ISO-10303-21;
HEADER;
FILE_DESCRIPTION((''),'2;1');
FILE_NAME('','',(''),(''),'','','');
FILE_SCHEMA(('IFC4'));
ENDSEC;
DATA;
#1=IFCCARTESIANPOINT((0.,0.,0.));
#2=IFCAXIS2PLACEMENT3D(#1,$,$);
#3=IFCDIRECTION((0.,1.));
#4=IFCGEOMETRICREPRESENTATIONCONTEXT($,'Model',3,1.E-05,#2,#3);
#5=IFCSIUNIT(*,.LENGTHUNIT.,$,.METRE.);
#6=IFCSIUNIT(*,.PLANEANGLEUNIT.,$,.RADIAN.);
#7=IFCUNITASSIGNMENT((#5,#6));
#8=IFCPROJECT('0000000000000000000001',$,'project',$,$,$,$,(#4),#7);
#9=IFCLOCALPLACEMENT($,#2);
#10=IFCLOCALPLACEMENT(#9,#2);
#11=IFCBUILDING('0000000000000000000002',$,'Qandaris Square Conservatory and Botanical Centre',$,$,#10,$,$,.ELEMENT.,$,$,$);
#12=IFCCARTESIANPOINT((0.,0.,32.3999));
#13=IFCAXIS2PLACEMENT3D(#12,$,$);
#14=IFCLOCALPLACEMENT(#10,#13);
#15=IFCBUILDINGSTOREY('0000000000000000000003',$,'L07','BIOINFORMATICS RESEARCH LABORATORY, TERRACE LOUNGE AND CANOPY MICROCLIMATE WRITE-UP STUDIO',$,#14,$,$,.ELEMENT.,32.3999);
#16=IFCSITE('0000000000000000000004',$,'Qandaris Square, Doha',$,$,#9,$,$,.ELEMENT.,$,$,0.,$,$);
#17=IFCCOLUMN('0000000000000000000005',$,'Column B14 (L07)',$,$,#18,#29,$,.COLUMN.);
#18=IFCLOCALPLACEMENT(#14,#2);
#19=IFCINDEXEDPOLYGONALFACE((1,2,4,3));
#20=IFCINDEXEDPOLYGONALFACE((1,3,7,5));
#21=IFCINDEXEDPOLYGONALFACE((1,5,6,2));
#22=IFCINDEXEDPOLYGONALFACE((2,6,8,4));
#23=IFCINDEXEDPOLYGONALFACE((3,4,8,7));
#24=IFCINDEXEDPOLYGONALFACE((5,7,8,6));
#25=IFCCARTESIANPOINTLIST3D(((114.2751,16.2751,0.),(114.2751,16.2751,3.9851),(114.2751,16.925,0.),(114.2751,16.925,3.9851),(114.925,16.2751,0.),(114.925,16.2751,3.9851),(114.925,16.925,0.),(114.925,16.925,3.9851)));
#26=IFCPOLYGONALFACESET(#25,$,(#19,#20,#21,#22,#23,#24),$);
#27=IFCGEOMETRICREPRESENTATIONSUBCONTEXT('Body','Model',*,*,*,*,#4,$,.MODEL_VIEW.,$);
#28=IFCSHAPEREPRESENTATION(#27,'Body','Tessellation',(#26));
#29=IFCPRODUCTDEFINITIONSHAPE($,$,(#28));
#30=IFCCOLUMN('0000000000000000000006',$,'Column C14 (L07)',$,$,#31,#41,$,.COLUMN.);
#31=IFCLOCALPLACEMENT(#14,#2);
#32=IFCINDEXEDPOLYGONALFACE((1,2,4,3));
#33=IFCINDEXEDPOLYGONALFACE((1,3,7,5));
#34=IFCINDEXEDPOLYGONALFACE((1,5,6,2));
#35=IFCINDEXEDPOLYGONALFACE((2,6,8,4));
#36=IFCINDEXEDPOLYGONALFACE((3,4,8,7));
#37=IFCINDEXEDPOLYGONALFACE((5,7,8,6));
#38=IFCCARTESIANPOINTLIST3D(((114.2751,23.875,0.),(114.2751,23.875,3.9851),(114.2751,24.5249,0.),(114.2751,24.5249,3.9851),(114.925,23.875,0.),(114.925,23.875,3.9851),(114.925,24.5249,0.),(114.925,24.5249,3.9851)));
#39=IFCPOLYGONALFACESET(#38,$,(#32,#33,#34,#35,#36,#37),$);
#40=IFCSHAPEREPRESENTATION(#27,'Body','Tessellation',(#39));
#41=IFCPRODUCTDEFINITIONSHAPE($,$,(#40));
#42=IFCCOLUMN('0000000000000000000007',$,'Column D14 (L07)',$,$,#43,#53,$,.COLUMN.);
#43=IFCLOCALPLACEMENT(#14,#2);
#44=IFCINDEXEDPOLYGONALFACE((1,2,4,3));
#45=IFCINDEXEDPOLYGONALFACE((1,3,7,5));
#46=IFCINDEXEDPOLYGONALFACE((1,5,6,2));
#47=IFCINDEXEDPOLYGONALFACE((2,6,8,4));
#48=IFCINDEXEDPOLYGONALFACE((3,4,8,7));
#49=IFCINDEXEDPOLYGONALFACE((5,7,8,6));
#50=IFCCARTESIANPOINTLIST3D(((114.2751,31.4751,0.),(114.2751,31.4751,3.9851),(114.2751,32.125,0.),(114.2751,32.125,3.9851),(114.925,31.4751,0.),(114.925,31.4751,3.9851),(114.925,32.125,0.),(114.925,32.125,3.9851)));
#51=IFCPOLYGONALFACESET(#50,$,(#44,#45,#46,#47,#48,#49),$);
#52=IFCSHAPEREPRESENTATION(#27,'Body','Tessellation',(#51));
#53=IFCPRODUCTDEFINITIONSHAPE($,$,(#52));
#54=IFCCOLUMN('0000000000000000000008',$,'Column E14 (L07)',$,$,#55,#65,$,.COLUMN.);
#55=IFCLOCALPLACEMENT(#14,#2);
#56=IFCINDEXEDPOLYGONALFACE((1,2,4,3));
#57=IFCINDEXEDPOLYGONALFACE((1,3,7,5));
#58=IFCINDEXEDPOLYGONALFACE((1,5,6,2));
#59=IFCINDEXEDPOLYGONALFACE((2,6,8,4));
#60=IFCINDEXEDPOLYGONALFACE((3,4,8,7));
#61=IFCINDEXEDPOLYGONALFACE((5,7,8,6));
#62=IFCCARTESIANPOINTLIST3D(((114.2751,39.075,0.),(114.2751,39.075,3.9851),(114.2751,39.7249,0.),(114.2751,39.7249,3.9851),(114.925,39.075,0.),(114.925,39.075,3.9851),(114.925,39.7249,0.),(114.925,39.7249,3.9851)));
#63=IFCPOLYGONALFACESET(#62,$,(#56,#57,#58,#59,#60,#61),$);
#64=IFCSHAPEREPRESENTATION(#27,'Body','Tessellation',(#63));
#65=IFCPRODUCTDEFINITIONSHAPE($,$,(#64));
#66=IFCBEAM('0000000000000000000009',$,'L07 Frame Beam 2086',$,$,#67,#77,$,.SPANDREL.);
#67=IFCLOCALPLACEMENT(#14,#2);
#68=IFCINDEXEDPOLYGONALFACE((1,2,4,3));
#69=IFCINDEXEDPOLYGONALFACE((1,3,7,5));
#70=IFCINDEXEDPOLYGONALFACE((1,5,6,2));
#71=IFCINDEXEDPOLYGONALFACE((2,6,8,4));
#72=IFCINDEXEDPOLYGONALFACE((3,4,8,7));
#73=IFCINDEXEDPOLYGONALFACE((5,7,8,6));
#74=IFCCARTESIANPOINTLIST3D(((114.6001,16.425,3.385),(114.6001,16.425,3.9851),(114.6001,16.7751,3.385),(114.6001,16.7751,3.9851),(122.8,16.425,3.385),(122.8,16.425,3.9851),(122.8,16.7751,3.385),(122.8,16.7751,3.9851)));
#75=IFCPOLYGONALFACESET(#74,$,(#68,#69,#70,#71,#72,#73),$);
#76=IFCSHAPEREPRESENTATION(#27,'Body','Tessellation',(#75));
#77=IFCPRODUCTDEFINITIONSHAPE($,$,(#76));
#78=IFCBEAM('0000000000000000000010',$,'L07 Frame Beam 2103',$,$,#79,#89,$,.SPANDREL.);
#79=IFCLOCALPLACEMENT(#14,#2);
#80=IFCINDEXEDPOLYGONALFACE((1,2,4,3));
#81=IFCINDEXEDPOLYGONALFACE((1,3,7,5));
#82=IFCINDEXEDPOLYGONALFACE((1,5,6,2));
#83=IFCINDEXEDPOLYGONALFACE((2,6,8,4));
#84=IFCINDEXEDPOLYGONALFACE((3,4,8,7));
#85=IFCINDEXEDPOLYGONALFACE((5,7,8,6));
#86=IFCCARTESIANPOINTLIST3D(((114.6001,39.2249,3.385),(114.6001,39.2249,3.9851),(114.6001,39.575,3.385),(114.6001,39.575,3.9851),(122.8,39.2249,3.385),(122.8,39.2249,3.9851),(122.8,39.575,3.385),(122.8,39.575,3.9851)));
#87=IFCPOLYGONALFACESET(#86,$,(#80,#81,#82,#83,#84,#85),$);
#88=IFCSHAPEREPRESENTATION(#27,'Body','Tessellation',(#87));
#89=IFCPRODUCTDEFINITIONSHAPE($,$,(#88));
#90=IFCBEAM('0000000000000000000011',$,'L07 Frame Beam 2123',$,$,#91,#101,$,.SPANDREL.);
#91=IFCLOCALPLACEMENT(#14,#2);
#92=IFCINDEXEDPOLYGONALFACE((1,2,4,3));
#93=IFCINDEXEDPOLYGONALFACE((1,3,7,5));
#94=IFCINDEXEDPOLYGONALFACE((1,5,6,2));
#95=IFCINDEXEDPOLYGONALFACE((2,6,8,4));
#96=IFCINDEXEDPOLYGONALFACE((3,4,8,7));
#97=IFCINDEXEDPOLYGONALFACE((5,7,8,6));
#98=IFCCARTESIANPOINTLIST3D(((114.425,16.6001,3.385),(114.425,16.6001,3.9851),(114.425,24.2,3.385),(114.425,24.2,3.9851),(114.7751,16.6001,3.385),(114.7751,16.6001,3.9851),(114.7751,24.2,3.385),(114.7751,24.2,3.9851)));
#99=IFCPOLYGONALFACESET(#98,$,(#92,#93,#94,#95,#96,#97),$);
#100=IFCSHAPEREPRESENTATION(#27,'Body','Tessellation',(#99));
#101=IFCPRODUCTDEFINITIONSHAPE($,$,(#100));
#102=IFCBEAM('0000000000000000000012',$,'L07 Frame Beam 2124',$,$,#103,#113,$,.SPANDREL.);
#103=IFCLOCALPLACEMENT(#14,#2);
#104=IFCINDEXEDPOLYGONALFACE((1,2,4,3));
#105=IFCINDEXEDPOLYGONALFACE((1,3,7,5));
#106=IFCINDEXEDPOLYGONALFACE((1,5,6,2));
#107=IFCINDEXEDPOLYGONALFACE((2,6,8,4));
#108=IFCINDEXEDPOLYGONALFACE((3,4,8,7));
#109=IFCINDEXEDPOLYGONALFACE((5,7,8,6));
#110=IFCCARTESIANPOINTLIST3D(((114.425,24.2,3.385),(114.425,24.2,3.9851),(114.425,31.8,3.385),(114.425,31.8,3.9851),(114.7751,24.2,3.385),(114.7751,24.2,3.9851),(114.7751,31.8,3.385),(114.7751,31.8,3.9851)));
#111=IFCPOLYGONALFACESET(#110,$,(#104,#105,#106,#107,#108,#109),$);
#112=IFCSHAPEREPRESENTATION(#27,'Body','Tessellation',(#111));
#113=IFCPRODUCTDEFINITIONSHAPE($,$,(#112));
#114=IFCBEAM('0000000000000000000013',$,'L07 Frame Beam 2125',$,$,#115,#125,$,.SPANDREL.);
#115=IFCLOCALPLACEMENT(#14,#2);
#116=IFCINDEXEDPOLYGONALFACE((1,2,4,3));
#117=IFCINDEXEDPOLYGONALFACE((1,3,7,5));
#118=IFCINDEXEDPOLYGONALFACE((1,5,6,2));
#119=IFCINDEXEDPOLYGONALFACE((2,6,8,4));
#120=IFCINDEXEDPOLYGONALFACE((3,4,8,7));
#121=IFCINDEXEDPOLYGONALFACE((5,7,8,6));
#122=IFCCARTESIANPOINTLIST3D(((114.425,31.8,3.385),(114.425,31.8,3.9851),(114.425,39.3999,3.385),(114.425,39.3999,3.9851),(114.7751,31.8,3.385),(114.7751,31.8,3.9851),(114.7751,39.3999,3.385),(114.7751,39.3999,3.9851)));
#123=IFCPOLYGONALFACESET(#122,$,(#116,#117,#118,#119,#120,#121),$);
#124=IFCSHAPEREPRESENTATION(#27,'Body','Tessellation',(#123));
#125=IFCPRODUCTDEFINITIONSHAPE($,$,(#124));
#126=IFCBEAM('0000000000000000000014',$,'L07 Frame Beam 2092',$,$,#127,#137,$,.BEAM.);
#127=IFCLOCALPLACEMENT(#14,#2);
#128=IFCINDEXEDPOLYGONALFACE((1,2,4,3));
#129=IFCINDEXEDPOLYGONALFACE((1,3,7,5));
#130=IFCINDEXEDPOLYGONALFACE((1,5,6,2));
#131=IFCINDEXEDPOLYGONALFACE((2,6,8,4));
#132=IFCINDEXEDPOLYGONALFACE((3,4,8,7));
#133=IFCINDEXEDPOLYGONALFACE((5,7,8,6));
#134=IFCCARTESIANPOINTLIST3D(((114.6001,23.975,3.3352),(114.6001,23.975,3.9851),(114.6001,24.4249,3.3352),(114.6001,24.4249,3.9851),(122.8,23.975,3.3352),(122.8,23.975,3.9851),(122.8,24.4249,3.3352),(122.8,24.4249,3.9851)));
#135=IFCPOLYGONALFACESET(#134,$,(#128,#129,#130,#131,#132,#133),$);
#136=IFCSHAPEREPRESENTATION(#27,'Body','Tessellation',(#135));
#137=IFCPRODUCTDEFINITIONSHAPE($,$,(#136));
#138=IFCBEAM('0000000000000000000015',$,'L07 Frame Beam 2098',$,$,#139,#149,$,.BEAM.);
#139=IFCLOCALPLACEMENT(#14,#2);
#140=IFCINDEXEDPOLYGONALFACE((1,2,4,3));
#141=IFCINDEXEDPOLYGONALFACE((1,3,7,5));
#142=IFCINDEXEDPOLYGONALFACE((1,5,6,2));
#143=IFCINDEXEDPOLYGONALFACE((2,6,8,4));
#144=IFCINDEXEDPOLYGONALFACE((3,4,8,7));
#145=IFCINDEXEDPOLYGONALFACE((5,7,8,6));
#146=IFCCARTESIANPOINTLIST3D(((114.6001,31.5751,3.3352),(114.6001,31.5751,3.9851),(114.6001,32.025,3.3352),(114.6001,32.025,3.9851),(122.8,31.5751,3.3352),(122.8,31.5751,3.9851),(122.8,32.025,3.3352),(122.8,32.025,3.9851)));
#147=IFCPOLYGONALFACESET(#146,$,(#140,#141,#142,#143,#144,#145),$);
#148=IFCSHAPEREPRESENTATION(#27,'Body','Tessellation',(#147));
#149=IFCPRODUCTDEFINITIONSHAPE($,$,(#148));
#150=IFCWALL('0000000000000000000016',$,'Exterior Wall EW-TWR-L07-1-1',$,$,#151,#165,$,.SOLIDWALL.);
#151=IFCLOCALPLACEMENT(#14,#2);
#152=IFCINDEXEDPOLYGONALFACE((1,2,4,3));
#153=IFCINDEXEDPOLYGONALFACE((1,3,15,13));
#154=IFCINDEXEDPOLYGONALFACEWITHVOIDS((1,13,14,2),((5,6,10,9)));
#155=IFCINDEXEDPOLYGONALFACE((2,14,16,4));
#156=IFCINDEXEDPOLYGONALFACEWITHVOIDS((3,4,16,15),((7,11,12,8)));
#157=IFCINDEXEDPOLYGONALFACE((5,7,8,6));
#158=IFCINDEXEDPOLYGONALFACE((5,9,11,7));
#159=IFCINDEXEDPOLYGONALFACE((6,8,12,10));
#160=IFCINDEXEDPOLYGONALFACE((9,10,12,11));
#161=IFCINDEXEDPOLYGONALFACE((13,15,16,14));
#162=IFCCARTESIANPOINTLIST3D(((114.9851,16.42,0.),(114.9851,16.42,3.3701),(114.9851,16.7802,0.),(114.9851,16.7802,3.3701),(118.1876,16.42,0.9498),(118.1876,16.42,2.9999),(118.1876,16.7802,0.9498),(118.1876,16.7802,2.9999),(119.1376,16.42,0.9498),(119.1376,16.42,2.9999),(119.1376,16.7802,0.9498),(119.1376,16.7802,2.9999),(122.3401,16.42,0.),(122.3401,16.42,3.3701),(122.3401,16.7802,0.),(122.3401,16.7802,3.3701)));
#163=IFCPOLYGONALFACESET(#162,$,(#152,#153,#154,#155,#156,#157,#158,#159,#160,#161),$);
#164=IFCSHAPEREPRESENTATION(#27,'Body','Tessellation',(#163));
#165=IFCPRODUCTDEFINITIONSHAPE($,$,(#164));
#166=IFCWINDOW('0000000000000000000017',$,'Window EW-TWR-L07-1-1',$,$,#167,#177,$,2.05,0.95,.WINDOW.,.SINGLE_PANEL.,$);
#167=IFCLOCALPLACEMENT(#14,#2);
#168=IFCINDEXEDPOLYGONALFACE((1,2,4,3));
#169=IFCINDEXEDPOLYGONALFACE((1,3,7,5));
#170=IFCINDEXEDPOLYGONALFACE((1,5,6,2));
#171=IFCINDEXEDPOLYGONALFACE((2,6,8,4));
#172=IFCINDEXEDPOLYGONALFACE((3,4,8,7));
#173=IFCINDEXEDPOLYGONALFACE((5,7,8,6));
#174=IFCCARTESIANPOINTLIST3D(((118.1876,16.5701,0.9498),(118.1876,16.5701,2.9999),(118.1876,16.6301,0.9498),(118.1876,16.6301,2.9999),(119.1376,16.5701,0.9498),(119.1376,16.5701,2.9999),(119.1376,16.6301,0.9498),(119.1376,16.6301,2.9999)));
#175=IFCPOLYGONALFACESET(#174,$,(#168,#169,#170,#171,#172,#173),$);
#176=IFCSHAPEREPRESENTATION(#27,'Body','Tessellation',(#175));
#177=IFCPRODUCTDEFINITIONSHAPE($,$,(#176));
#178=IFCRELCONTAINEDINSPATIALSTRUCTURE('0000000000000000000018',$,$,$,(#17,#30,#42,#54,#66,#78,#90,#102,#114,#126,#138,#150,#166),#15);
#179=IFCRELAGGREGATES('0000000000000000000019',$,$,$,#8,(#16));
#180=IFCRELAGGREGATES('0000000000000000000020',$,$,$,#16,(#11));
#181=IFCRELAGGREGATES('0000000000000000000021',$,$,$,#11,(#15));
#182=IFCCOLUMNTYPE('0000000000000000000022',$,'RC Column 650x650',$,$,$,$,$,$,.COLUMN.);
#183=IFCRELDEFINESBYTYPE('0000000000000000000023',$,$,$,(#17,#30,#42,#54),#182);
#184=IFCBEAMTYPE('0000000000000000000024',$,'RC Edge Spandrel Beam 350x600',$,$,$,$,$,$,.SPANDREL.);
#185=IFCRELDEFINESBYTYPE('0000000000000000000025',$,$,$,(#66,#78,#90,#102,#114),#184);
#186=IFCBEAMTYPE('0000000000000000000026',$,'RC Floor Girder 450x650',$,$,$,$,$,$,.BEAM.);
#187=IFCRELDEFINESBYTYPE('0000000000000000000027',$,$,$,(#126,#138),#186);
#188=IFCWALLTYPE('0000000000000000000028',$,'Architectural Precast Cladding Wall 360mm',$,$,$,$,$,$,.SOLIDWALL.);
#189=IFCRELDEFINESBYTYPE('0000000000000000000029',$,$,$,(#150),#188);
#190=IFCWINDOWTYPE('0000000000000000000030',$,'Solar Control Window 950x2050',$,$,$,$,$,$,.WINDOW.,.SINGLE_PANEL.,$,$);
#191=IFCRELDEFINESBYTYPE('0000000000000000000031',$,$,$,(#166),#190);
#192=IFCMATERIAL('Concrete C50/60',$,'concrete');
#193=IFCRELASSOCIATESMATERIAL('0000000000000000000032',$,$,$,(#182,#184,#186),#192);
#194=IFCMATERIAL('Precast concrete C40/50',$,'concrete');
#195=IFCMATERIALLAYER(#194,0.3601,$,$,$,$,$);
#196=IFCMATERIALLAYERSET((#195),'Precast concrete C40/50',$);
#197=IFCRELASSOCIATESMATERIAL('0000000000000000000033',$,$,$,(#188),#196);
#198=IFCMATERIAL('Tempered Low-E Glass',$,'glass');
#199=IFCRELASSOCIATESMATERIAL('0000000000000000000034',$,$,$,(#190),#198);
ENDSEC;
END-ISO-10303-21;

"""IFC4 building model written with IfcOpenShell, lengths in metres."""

from ifc_helpers import new_model, si_unit, direction, frame, frame_2d, origin, origin_2d, place, context, subcontext, project, spatial, rectangle, extrude, material, layer, layer_set, material_profile, profile_set, type_object, element, fill, save


model = new_model("IFC4")

# Units and contexts
model_context = context("Model", 3, precision=1e-05, world=origin(), true_north=direction((0.0, 1.0)))
body_context = subcontext(model_context, "Body", "Model", "MODEL_VIEW")
ifc_project = project(units=[si_unit("LENGTHUNIT", "METRE"), si_unit("PLANEANGLEUNIT", "RADIAN")], contexts=[model_context])

# Site, building, storey
site_placement = place(None, origin())
site = spatial("IfcSite", under=ifc_project, at=site_placement, Name="Qandaris Square, Doha", CompositionType="ELEMENT", RefElevation=0.0)
building_placement = place(site_placement, origin())
building = spatial("IfcBuilding", under=site, at=building_placement, Name="Qandaris Square Conservatory and Botanical Centre", CompositionType="ELEMENT")
storey_placement = place(building_placement, frame((0.0, 0.0, 32.3999)))
storey = spatial("IfcBuildingStorey", under=building, at=storey_placement, Name="L07", Description="BIOINFORMATICS RESEARCH LABORATORY, TERRACE LOUNGE AND CANOPY MICROCLIMATE WRITE-UP STUDIO", CompositionType="ELEMENT", Elevation=32.3999)

# Columns
ifc_material_1 = material(Name="Concrete C50/60", Category="concrete")
ifc_material_profile_1 = material_profile(ifc_material_1, rectangle(XDim=0.6499, YDim=0.6499, at=origin_2d()), Name="RC-COL 650x650")
ifc_profile_set_1 = profile_set([ifc_material_profile_1], Name="Concrete C50/60")
column_type = type_object("IfcColumnType", Name="RC Column 650x650", PredefinedType="COLUMN", material=ifc_profile_set_1)
for number, where, z_axis, x_axis, name in (
    (1, (114.6001, 16.6001, 0.0), (0.0, 0.0, 1.0), (1.0, 0.0, 0.0), "Column B14 (L07)"),
    (2, (114.6001, 24.2, 0.0), (0.0, 0.0, 1.0), (1.0, 0.0, 0.0), "Column C14 (L07)"),
    (3, (114.6001, 31.8, 0.0), (0.0, 0.0, 1.0), (1.0, 0.0, 0.0), "Column D14 (L07)"),
    (4, (114.6001, 39.3999, 0.0), (0.0, 0.0, 1.0), (1.0, 0.0, 0.0), "Column E14 (L07)"),
):
    element("IfcColumn", number, at=place(storey_placement, frame(where, z_axis=z_axis, x_axis=x_axis)), inside=storey, type_object=column_type, Name=name, PredefinedType="COLUMN", context=body_context, shape_type="SweptSolid", body=[
        extrude(rectangle(XDim=0.6499, YDim=0.6499, at=origin_2d()), origin(), (0.0, 0.0, 1.0), 3.9851),
    ])

# Beams
ifc_material_profile_2 = material_profile(ifc_material_1, rectangle(XDim=0.3501, YDim=0.6001, at=origin_2d()), Name="RC-SP 350x600")
ifc_profile_set_2 = profile_set([ifc_material_profile_2], Name="Concrete C50/60")
beam_type_1 = type_object("IfcBeamType", Name="RC Edge Spandrel Beam 350x600", PredefinedType="SPANDREL", material=ifc_profile_set_2)
for number, where, z_axis, x_axis, name in (
    (5, (114.6001, 16.6001, 3.6851), (1.0, 0.0, 0.0), (0.0, 1.0, 0.0), "L07 Frame Beam 2086"),
    (6, (114.6001, 39.3999, 3.6851), (1.0, 0.0, 0.0), (0.0, 1.0, 0.0), "L07 Frame Beam 2103"),
):
    element("IfcBeam", number, at=place(storey_placement, frame(where, z_axis=z_axis, x_axis=x_axis)), inside=storey, type_object=beam_type_1, Name=name, PredefinedType="SPANDREL", context=body_context, shape_type="SweptSolid", body=[
        extrude(rectangle(XDim=0.3501, YDim=0.6001, at=origin_2d()), origin(), (0.0, 0.0, 1.0), 8.2),
    ])
beam_1_placement = place(storey_placement, frame((114.6001, 16.6001, 3.6851), z_axis=(0.0, 1.0, 0.0), x_axis=(-1.0, 0.0, 0.0)))
element("IfcBeam", 7, at=beam_1_placement, inside=storey, type_object=beam_type_1, Name="L07 Frame Beam 2123", PredefinedType="SPANDREL", context=body_context, shape_type="SweptSolid", body=[
    extrude(rectangle(XDim=0.3501, YDim=0.6001, at=origin_2d()), origin(), (0.0, 0.0, 1.0), 7.5999),
])
beam_2_placement = place(storey_placement, frame((114.6001, 24.2, 3.6851), z_axis=(0.0, 1.0, 0.0), x_axis=(-1.0, 0.0, 0.0)))
element("IfcBeam", 8, at=beam_2_placement, inside=storey, type_object=beam_type_1, Name="L07 Frame Beam 2124", PredefinedType="SPANDREL", context=body_context, shape_type="SweptSolid", body=[
    extrude(rectangle(XDim=0.3501, YDim=0.6001, at=origin_2d()), origin(), (0.0, 0.0, 1.0), 7.6001),
])
beam_3_placement = place(storey_placement, frame((114.6001, 31.8, 3.6851), z_axis=(0.0, 1.0, 0.0), x_axis=(-1.0, 0.0, 0.0)))
element("IfcBeam", 9, at=beam_3_placement, inside=storey, type_object=beam_type_1, Name="L07 Frame Beam 2125", PredefinedType="SPANDREL", context=body_context, shape_type="SweptSolid", body=[
    extrude(rectangle(XDim=0.3501, YDim=0.6001, at=origin_2d()), origin(), (0.0, 0.0, 1.0), 7.5999),
])
ifc_material_profile_3 = material_profile(ifc_material_1, rectangle(XDim=0.45, YDim=0.6499, at=origin_2d()), Name="RC-BM 450x650")
ifc_profile_set_3 = profile_set([ifc_material_profile_3], Name="Concrete C50/60")
beam_type_2 = type_object("IfcBeamType", Name="RC Floor Girder 450x650", PredefinedType="BEAM", material=ifc_profile_set_3)
for number, where, z_axis, x_axis, name in (
    (10, (114.6001, 24.2, 3.6602), (1.0, 0.0, 0.0), (0.0, 1.0, 0.0), "L07 Frame Beam 2092"),
    (11, (114.6001, 31.8, 3.6602), (1.0, 0.0, 0.0), (0.0, 1.0, 0.0), "L07 Frame Beam 2098"),
):
    element("IfcBeam", number, at=place(storey_placement, frame(where, z_axis=z_axis, x_axis=x_axis)), inside=storey, type_object=beam_type_2, Name=name, PredefinedType="BEAM", context=body_context, shape_type="SweptSolid", body=[
        extrude(rectangle(XDim=0.45, YDim=0.6499, at=origin_2d()), origin(), (0.0, 0.0, 1.0), 8.2),
    ])

# Wall, opening, window
ifc_material_2 = material(Name="Precast concrete C40/50", Category="concrete")
ifc_layer_1 = layer(ifc_material_2, 0.3601)
ifc_layer_set_1 = layer_set([ifc_layer_1], Name="Precast concrete C40/50")
wall_type = type_object("IfcWallType", Name="Architectural Precast Cladding Wall 360mm", PredefinedType="SOLIDWALL", material=ifc_layer_set_1)
wall_1_placement = place(storey_placement, frame((114.9851, 16.6001, 0.0), z_axis=(0.0, 0.0, 1.0), x_axis=(1.0, 0.0, 0.0)))
wall_1 = element("IfcWall", 12, at=wall_1_placement, inside=storey, type_object=wall_type, Name="Exterior Wall EW-TWR-L07-1-1", PredefinedType="SOLIDWALL", context=body_context, shape_type="SweptSolid", body=[
    extrude(rectangle(XDim=7.355, YDim=0.3601, at=frame_2d((3.6775, 0.0))), origin(), (0.0, 0.0, 1.0), 3.3701),
])
opening_1_placement = place(wall_1_placement, frame((3.2024, 0.0, 0.95)))
opening_1 = element("IfcOpeningElement", 13, at=opening_1_placement, cuts=wall_1, PredefinedType="OPENING", context=body_context, shape_type="SweptSolid", body=[
    extrude(rectangle(XDim=0.95, YDim=2.05, at=frame_2d((0.4751, 1.0249))), frame((0.0, 0.1919, 0.0), z_axis=(0.0, -1.0, 0.0), x_axis=(1.0, 0.0, 0.0)), (0.0, 0.0, 1.0), 0.384),
])
ifc_material_3 = material(Name="Tempered Low-E Glass", Category="glass")
window_type_1 = type_object("IfcWindowType", Name="Solar Control Window 950x2050", PartitioningType="SINGLE_PANEL", PredefinedType="WINDOW", material=ifc_material_3)
window_1_placement = place(opening_1_placement, origin())
window_1 = element("IfcWindow", 14, at=window_1_placement, inside=storey, type_object=window_type_1, Name="Window EW-TWR-L07-1-1", OverallHeight=2.05, OverallWidth=0.95, PartitioningType="SINGLE_PANEL", PredefinedType="WINDOW", context=body_context, shape_type="SweptSolid", body=[
    extrude(rectangle(XDim=0.95, YDim=2.05, at=frame_2d((0.4751, 1.0249))), frame((0.0, 0.03, 0.0), z_axis=(0.0, -1.0, 0.0), x_axis=(1.0, 0.0, 0.0)), (0.0, 0.0, 1.0), 0.0601),
])
fill(opening_1, window_1)

save(model, "model.ifc")
